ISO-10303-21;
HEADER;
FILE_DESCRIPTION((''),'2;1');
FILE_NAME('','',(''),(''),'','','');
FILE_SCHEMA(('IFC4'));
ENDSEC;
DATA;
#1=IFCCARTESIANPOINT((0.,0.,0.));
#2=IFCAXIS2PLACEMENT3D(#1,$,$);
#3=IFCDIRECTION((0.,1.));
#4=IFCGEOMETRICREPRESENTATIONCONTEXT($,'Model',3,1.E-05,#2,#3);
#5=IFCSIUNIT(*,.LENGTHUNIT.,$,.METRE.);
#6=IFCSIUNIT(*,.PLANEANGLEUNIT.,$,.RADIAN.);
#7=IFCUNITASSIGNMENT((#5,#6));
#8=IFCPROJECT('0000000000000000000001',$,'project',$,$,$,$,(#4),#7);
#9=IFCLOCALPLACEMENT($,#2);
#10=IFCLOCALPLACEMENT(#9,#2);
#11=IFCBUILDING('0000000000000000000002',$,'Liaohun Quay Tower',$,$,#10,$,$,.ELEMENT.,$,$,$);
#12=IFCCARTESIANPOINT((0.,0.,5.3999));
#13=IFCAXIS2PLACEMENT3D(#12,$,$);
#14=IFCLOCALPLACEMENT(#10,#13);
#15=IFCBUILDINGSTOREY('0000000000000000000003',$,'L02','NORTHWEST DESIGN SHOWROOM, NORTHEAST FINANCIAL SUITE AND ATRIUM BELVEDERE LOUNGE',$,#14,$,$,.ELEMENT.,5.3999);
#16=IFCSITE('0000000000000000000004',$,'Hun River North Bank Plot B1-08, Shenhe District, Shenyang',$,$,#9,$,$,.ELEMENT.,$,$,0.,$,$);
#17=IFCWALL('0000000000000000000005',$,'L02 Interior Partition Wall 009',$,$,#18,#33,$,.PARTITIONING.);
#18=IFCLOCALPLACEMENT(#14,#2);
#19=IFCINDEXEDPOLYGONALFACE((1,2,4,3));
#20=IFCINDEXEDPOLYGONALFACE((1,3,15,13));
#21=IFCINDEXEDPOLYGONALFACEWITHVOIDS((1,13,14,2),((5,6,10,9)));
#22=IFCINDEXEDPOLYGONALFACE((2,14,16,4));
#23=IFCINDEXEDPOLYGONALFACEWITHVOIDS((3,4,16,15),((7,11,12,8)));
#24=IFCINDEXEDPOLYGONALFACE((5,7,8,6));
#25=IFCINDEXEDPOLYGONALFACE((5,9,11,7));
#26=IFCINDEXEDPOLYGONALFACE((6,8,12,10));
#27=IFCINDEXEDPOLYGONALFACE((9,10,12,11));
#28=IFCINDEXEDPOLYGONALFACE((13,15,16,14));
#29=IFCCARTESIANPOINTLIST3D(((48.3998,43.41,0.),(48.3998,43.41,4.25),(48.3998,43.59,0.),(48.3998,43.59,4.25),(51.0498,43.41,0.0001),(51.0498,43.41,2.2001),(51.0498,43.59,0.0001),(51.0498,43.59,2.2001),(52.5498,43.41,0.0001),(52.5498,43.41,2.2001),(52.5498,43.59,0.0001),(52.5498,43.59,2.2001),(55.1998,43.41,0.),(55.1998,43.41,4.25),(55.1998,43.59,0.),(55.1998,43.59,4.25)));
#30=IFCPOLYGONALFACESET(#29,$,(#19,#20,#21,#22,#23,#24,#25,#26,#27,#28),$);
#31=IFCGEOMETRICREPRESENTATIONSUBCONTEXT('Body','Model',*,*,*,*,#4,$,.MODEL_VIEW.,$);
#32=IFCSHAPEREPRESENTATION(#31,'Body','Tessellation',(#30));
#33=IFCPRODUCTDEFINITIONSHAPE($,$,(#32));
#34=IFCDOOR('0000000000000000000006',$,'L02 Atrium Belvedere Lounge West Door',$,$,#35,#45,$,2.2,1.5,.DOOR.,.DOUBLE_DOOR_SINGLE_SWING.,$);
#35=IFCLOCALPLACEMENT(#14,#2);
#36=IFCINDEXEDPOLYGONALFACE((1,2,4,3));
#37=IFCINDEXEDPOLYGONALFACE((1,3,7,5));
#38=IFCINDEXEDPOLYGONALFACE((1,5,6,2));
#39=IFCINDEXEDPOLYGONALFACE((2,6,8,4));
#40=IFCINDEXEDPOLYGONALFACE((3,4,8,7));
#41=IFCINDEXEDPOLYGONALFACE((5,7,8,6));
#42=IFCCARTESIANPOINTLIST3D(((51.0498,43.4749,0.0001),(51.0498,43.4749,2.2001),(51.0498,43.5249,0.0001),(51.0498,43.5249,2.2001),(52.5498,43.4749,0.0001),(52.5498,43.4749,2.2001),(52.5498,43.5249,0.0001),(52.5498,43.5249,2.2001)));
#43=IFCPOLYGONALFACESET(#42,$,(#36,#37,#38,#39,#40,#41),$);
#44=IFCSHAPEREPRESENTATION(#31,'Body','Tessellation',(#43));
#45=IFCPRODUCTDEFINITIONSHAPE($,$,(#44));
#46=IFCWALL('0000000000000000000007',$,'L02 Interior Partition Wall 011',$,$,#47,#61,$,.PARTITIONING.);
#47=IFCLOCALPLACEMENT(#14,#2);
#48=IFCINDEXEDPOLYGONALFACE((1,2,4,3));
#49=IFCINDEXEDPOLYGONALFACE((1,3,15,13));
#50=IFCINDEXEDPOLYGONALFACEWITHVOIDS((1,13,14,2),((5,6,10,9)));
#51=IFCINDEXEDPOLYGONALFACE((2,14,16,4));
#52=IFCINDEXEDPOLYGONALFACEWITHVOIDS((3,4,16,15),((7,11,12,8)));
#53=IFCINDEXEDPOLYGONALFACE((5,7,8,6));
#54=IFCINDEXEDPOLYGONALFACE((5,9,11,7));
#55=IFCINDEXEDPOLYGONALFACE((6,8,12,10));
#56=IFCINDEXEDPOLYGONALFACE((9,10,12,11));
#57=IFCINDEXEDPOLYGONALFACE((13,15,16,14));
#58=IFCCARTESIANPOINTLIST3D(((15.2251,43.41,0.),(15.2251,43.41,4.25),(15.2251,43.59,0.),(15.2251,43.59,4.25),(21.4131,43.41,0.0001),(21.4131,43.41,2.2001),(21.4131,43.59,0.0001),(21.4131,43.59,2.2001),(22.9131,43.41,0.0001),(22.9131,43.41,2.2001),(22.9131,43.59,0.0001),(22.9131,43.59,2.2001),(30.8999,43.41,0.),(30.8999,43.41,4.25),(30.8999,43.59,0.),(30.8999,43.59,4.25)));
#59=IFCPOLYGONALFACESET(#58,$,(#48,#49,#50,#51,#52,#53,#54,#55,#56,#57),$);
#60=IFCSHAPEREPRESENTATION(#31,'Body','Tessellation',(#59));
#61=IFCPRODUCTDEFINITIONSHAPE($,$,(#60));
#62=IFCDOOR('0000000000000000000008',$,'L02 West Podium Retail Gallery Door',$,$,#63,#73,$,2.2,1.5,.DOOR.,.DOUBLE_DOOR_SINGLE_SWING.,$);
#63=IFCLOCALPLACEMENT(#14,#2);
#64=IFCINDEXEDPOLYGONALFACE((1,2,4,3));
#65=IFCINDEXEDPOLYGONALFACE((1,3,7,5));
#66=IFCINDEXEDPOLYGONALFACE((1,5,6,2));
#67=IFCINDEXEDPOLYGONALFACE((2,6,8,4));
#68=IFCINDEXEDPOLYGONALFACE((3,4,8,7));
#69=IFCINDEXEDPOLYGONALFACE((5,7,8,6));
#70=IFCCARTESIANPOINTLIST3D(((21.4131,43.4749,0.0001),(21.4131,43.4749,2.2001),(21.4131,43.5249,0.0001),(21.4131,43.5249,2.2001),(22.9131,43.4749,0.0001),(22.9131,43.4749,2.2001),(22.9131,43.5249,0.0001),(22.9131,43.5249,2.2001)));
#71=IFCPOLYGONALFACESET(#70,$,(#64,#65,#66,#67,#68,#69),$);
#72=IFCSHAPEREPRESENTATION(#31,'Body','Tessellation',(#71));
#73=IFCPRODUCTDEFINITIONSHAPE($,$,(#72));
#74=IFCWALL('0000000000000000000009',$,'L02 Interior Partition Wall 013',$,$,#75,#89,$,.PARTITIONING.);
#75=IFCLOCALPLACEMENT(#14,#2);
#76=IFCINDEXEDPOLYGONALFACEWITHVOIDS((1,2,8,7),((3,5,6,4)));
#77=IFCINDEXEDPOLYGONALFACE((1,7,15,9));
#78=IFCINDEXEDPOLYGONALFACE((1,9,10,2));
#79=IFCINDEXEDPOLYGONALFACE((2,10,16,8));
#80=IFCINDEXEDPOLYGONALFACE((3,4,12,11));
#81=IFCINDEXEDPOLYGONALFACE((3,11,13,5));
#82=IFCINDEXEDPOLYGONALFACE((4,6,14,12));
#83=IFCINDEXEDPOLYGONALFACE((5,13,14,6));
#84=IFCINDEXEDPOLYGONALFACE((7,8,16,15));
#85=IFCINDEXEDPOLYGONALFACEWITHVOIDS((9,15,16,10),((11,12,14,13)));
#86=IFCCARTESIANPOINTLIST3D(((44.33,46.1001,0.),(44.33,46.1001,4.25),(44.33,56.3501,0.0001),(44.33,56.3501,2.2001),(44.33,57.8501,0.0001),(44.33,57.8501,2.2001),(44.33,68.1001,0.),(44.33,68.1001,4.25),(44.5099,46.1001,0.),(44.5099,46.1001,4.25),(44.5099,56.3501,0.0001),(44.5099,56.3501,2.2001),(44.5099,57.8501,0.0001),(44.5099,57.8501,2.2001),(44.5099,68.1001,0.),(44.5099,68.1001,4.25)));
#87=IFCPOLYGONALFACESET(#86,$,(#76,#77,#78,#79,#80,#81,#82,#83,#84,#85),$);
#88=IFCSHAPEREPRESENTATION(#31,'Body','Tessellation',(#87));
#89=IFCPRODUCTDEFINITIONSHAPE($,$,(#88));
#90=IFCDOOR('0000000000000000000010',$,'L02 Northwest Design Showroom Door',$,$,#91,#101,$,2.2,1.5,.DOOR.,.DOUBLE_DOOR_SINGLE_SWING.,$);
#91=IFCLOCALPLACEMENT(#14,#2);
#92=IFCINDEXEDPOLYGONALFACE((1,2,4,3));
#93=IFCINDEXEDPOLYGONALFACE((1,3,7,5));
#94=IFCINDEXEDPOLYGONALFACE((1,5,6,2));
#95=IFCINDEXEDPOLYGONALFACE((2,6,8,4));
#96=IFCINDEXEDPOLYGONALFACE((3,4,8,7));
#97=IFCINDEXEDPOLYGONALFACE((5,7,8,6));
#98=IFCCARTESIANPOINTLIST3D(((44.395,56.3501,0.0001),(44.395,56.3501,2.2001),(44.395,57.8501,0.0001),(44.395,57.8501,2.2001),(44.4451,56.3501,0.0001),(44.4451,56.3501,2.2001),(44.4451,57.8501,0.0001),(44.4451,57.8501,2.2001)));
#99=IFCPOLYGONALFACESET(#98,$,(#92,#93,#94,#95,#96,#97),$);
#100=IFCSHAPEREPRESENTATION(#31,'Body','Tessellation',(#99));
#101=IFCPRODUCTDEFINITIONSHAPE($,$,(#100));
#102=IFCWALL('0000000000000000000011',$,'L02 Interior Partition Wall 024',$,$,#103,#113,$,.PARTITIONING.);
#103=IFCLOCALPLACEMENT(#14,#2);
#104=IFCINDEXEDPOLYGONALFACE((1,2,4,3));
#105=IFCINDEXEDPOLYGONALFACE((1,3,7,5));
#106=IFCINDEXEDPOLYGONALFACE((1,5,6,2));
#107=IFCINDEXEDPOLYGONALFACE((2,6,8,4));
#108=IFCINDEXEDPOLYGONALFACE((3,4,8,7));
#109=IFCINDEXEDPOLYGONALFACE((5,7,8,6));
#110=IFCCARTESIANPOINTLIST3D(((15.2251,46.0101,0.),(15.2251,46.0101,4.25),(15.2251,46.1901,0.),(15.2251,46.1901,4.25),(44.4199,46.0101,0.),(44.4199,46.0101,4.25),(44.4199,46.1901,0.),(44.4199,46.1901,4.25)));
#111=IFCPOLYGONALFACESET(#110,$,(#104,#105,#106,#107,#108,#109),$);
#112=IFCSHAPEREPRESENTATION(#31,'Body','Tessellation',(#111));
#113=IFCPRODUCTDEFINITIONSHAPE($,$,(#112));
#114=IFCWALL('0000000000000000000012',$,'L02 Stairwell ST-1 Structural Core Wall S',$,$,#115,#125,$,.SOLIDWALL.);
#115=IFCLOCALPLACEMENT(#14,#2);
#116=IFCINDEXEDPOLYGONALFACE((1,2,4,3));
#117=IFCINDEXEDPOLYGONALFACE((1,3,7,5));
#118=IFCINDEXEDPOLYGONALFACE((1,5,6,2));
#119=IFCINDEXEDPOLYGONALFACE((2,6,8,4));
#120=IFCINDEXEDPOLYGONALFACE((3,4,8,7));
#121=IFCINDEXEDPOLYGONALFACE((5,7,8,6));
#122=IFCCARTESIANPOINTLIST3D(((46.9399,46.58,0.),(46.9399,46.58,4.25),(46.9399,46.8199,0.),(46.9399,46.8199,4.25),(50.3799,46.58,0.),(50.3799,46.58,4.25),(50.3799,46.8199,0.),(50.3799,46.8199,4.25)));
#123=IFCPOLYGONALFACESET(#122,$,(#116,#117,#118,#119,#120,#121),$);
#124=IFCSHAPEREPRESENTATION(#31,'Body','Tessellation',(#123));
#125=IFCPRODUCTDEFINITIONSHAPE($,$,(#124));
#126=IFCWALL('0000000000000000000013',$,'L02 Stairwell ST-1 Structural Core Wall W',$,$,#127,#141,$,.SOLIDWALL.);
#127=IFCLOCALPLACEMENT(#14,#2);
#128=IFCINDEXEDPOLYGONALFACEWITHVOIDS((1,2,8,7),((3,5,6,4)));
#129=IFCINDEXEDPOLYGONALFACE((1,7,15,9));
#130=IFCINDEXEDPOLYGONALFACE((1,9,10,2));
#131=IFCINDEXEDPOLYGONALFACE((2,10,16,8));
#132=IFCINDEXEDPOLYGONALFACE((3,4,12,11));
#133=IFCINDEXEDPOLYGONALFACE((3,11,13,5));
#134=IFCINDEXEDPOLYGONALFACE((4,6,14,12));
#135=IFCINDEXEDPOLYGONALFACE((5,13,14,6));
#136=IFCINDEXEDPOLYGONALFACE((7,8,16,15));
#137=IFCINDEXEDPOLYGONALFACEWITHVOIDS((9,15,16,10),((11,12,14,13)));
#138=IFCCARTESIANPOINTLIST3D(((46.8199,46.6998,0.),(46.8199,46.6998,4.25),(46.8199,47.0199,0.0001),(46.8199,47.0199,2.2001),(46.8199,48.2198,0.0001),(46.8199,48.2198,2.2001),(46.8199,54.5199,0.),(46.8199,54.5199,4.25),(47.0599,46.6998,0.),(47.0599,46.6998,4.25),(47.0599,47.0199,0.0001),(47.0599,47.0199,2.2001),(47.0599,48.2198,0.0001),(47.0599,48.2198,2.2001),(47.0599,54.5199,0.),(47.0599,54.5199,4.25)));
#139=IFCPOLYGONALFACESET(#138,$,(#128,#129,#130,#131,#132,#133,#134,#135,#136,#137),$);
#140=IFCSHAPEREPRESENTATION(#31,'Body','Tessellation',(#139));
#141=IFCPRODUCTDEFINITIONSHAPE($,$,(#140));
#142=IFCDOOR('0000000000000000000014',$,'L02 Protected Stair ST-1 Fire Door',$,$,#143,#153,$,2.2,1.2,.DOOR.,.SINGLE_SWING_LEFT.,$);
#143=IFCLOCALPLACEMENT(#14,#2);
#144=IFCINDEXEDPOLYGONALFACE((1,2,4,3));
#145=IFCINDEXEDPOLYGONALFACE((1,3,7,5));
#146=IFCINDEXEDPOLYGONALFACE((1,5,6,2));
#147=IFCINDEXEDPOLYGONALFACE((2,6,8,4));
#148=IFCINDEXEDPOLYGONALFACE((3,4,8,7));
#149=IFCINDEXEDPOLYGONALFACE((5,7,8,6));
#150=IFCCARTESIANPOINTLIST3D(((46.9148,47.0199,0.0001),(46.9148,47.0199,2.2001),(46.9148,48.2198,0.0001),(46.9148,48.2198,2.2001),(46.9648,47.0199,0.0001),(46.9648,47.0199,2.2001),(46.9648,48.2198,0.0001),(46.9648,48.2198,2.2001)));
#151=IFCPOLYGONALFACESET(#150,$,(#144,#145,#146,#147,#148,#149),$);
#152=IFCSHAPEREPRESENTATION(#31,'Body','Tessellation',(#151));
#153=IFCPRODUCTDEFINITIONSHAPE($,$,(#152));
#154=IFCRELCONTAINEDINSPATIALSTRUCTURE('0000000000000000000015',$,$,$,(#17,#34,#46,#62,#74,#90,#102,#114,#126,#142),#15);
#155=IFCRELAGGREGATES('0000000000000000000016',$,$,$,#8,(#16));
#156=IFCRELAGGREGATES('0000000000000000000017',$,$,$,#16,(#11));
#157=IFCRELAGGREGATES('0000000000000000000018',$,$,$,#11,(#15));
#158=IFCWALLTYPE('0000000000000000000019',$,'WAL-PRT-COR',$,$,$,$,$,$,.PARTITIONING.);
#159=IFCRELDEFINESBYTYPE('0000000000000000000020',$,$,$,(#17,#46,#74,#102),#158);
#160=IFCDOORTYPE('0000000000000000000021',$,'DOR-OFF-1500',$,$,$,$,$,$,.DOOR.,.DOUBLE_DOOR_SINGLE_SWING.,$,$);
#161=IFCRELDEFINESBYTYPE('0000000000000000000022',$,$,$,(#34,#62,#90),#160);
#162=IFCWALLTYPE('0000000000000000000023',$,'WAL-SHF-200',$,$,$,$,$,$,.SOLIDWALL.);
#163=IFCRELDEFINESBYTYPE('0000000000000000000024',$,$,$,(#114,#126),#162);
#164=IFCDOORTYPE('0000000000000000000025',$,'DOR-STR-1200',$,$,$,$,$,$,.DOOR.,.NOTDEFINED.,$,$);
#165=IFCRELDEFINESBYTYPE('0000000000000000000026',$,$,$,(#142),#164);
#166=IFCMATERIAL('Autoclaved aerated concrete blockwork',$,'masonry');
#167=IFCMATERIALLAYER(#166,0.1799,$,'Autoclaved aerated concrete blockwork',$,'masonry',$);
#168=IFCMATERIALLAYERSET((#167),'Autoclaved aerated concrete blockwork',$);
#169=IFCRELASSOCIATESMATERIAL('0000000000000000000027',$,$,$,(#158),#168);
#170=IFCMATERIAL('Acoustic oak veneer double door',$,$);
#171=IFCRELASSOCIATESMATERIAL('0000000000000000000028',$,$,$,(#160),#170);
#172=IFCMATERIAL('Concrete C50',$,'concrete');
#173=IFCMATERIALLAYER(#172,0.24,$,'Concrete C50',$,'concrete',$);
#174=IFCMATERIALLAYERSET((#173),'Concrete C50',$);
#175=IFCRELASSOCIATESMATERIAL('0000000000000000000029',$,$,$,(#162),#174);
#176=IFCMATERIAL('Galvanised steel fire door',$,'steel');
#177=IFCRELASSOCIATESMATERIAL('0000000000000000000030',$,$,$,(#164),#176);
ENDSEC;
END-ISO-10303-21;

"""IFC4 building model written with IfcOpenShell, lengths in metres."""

from ifc_helpers import new_model, si_unit, direction, frame, frame_2d, origin, place, context, subcontext, project, spatial, rectangle, extrude, source, transform, mapped, material, layer, layer_set, type_object, element, fill, save


model = new_model("IFC4")

# Units and contexts
model_context = context("Model", 3, precision=1e-05, world=origin(), true_north=direction((0.0, 1.0)))
body_context = subcontext(model_context, "Body", "Model", "MODEL_VIEW")
ifc_project = project(units=[si_unit("LENGTHUNIT", "METRE"), si_unit("PLANEANGLEUNIT", "RADIAN")], contexts=[model_context])

# Site, building, storey
site_placement = place(None, origin())
site = spatial("IfcSite", under=ifc_project, at=site_placement, Name="Hun River North Bank Plot B1-08, Shenhe District, Shenyang", CompositionType="ELEMENT", RefElevation=0.0)
building_placement = place(site_placement, origin())
building = spatial("IfcBuilding", under=site, at=building_placement, Name="Liaohun Quay Tower", CompositionType="ELEMENT")
storey_placement = place(building_placement, frame((0.0, 0.0, 5.3999)))
storey = spatial("IfcBuildingStorey", under=building, at=storey_placement, Name="L02", Description="NORTHWEST DESIGN SHOWROOM, NORTHEAST FINANCIAL SUITE AND ATRIUM BELVEDERE LOUNGE", CompositionType="ELEMENT", Elevation=5.3999)

# Walls, openings, doors
ifc_material_1 = material(Name="Autoclaved aerated concrete blockwork", Category="masonry")
ifc_layer_1 = layer(ifc_material_1, 0.1799, Name="Autoclaved aerated concrete blockwork", Category="masonry")
ifc_layer_set_1 = layer_set([ifc_layer_1], Name="Autoclaved aerated concrete blockwork")
wall_type_1 = type_object("IfcWallType", Name="WAL-PRT-COR", PredefinedType="PARTITIONING", material=ifc_layer_set_1)
wall_1_placement = place(storey_placement, frame((48.3999, 43.5, 0.0), z_axis=(0.0, 0.0, 1.0), x_axis=(1.0, 0.0, 0.0)))
wall_1 = element("IfcWall", 1, at=wall_1_placement, inside=storey, type_object=wall_type_1, Name="L02 Interior Partition Wall 009", PredefinedType="PARTITIONING", context=body_context, shape_type="SweptSolid", body=[
    extrude(rectangle(XDim=6.8, YDim=0.1799, at=frame_2d((3.3999, 0.0))), origin(), (0.0, 0.0, 1.0), 4.25),
])
shared_shape_1 = source(origin(), body_context, "Body", "SweptSolid", [
    extrude(rectangle(XDim=1.5, YDim=2.2, at=frame_2d((0.75, 1.1001))), frame((0.0, 0.0999, 0.0), z_axis=(0.0, -1.0, 0.0), x_axis=(1.0, 0.0, 0.0)), (0.0, 0.0, 1.0), 0.2),
])
opening_1_placement = place(wall_1_placement, frame((2.6499, 0.0, 0.0)))
opening_1 = element("IfcOpeningElement", 2, at=opening_1_placement, cuts=wall_1, PredefinedType="OPENING", context=body_context, shape_type="MappedRepresentation", body=[
    mapped(shared_shape_1, transform((0.0, 0.0, 0.0), x_axis=(1.0, 0.0, 0.0), y_axis=(0.0, 1.0, 0.0), z_axis=(0.0, 0.0, 1.0), scale=1.0)),
])
ifc_material_2 = material(Name="Acoustic oak veneer double door")
door_type_1 = type_object("IfcDoorType", Name="DOR-OFF-1500", OperationType="DOUBLE_DOOR_SINGLE_SWING", PredefinedType="DOOR", material=ifc_material_2)
shared_shape_2 = source(origin(), body_context, "Body", "SweptSolid", [
    extrude(rectangle(XDim=1.5, YDim=2.2, at=frame_2d((0.75, 1.1001))), frame((0.0, 0.0249, 0.0), z_axis=(0.0, -1.0, 0.0), x_axis=(1.0, 0.0, 0.0)), (0.0, 0.0, 1.0), 0.05),
])
door_1_placement = place(opening_1_placement, origin())
door_1 = element("IfcDoor", 3, at=door_1_placement, inside=storey, type_object=door_type_1, Name="L02 Atrium Belvedere Lounge West Door", OperationType="DOUBLE_DOOR_SINGLE_SWING", OverallHeight=2.2, OverallWidth=1.5, PredefinedType="DOOR", context=body_context, shape_type="MappedRepresentation", body=[
    mapped(shared_shape_2, transform((0.0, 0.0, 0.0), x_axis=(1.0, 0.0, 0.0), y_axis=(0.0, 1.0, 0.0), z_axis=(0.0, 0.0, 1.0), scale=1.0)),
])
fill(opening_1, door_1)
wall_2_placement = place(storey_placement, frame((15.2251, 43.5, 0.0), z_axis=(0.0, 0.0, 1.0), x_axis=(1.0, 0.0, 0.0)))
wall_2 = element("IfcWall", 4, at=wall_2_placement, inside=storey, type_object=wall_type_1, Name="L02 Interior Partition Wall 011", PredefinedType="PARTITIONING", context=body_context, shape_type="SweptSolid", body=[
    extrude(rectangle(XDim=15.6748, YDim=0.1799, at=frame_2d((7.8374, 0.0))), origin(), (0.0, 0.0, 1.0), 4.25),
])
opening_2_placement = place(wall_2_placement, frame((6.188, 0.0, 0.0)))
opening_2 = element("IfcOpeningElement", 5, at=opening_2_placement, cuts=wall_2, PredefinedType="OPENING", context=body_context, shape_type="MappedRepresentation", body=[
    mapped(shared_shape_1, transform((0.0, 0.0, 0.0), x_axis=(1.0, 0.0, 0.0), y_axis=(0.0, 1.0, 0.0), z_axis=(0.0, 0.0, 1.0), scale=1.0)),
])
door_2_placement = place(opening_2_placement, origin())
door_2 = element("IfcDoor", 6, at=door_2_placement, inside=storey, type_object=door_type_1, Name="L02 West Podium Retail Gallery Door", OperationType="DOUBLE_DOOR_SINGLE_SWING", OverallHeight=2.2, OverallWidth=1.5, PredefinedType="DOOR", context=body_context, shape_type="MappedRepresentation", body=[
    mapped(shared_shape_2, transform((0.0, 0.0, 0.0), x_axis=(1.0, 0.0, 0.0), y_axis=(0.0, 1.0, 0.0), z_axis=(0.0, 0.0, 1.0), scale=1.0)),
])
fill(opening_2, door_2)
wall_3_placement = place(storey_placement, frame((44.4199, 46.1001, 0.0), z_axis=(0.0, 0.0, 1.0), x_axis=(0.0, 1.0, 0.0)))
wall_3 = element("IfcWall", 7, at=wall_3_placement, inside=storey, type_object=wall_type_1, Name="L02 Interior Partition Wall 013", PredefinedType="PARTITIONING", context=body_context, shape_type="SweptSolid", body=[
    extrude(rectangle(XDim=22.0, YDim=0.1799, at=frame_2d((11.0, 0.0))), origin(), (0.0, 0.0, 1.0), 4.25),
])
opening_3_placement = place(wall_3_placement, frame((10.25, 0.0, 0.0)))
opening_3 = element("IfcOpeningElement", 8, at=opening_3_placement, cuts=wall_3, PredefinedType="OPENING", context=body_context, shape_type="MappedRepresentation", body=[
    mapped(shared_shape_1, transform((0.0, 0.0, 0.0), x_axis=(1.0, 0.0, 0.0), y_axis=(0.0, 1.0, 0.0), z_axis=(0.0, 0.0, 1.0), scale=1.0)),
])
door_3_placement = place(opening_3_placement, origin())
door_3 = element("IfcDoor", 9, at=door_3_placement, inside=storey, type_object=door_type_1, Name="L02 Northwest Design Showroom Door", OperationType="DOUBLE_DOOR_SINGLE_SWING", OverallHeight=2.2, OverallWidth=1.5, PredefinedType="DOOR", context=body_context, shape_type="MappedRepresentation", body=[
    mapped(shared_shape_2, transform((0.0, 0.0, 0.0), x_axis=(1.0, 0.0, 0.0), y_axis=(0.0, 1.0, 0.0), z_axis=(0.0, 0.0, 1.0), scale=1.0)),
])
fill(opening_3, door_3)

# Walls
wall_4_placement = place(storey_placement, frame((15.2251, 46.1001, 0.0), z_axis=(0.0, 0.0, 1.0), x_axis=(1.0, 0.0, 0.0)))
element("IfcWall", 10, at=wall_4_placement, inside=storey, type_object=wall_type_1, Name="L02 Interior Partition Wall 024", PredefinedType="PARTITIONING", context=body_context, shape_type="SweptSolid", body=[
    extrude(rectangle(XDim=29.1948, YDim=0.1799, at=frame_2d((14.5974, 0.0))), origin(), (0.0, 0.0, 1.0), 4.25),
])
ifc_material_3 = material(Name="Concrete C50", Category="concrete")
ifc_layer_2 = layer(ifc_material_3, 0.24, Name="Concrete C50", Category="concrete")
ifc_layer_set_2 = layer_set([ifc_layer_2], Name="Concrete C50")
wall_type_2 = type_object("IfcWallType", Name="WAL-SHF-200", PredefinedType="SOLIDWALL", material=ifc_layer_set_2)
wall_5_placement = place(storey_placement, frame((46.9399, 46.7, 0.0), z_axis=(0.0, 0.0, 1.0), x_axis=(1.0, 0.0, 0.0)))
element("IfcWall", 11, at=wall_5_placement, inside=storey, type_object=wall_type_2, Name="L02 Stairwell ST-1 Structural Core Wall S", PredefinedType="SOLIDWALL", context=body_context, shape_type="SweptSolid", body=[
    extrude(rectangle(XDim=3.4399, YDim=0.24, at=frame_2d((1.72, 0.0))), origin(), (0.0, 0.0, 1.0), 4.25),
])

# Wall, opening, door
wall_6_placement = place(storey_placement, frame((46.9399, 54.52, 0.0), z_axis=(0.0, 0.0, 1.0), x_axis=(0.0, -1.0, 0.0)))
wall_6 = element("IfcWall", 12, at=wall_6_placement, inside=storey, type_object=wall_type_2, Name="L02 Stairwell ST-1 Structural Core Wall W", PredefinedType="SOLIDWALL", context=body_context, shape_type="SweptSolid", body=[
    extrude(rectangle(XDim=7.8201, YDim=0.24, at=frame_2d((3.9102, 0.0))), origin(), (0.0, 0.0, 1.0), 4.25),
])
shared_shape_3 = source(origin(), body_context, "Body", "SweptSolid", [
    extrude(rectangle(XDim=1.2, YDim=2.2, at=frame_2d((0.6001, 1.1001))), frame((0.0, 0.1299, 0.0), z_axis=(0.0, -1.0, 0.0), x_axis=(1.0, 0.0, 0.0)), (0.0, 0.0, 1.0), 0.26),
])
opening_4_placement = place(wall_6_placement, frame((6.3, 0.0, 0.0)))
opening_4 = element("IfcOpeningElement", 13, at=opening_4_placement, cuts=wall_6, PredefinedType="OPENING", context=body_context, shape_type="MappedRepresentation", body=[
    mapped(shared_shape_3, transform((0.0, 0.0, 0.0), x_axis=(1.0, 0.0, 0.0), y_axis=(0.0, 1.0, 0.0), z_axis=(0.0, 0.0, 1.0), scale=1.0)),
])
ifc_material_4 = material(Name="Galvanised steel fire door", Category="steel")
door_type_2 = type_object("IfcDoorType", Name="DOR-STR-1200", OperationType="NOTDEFINED", PredefinedType="DOOR", material=ifc_material_4)
shared_shape_4 = source(origin(), body_context, "Body", "SweptSolid", [
    extrude(rectangle(XDim=1.2, YDim=2.2, at=frame_2d((0.6001, 1.1001))), frame((0.0, 0.0249, 0.0), z_axis=(0.0, -1.0, 0.0), x_axis=(1.0, 0.0, 0.0)), (0.0, 0.0, 1.0), 0.05),
])
door_4_placement = place(opening_4_placement, origin())
door_4 = element("IfcDoor", 14, at=door_4_placement, inside=storey, type_object=door_type_2, Name="L02 Protected Stair ST-1 Fire Door", OperationType="SINGLE_SWING_LEFT", OverallHeight=2.2, OverallWidth=1.2, PredefinedType="DOOR", context=body_context, shape_type="MappedRepresentation", body=[
    mapped(shared_shape_4, transform((0.0, 0.0, 0.0), x_axis=(1.0, 0.0, 0.0), y_axis=(0.0, 1.0, 0.0), z_axis=(0.0, 0.0, 1.0), scale=1.0)),
])
fill(opening_4, door_4)

save(model, "model.ifc")
